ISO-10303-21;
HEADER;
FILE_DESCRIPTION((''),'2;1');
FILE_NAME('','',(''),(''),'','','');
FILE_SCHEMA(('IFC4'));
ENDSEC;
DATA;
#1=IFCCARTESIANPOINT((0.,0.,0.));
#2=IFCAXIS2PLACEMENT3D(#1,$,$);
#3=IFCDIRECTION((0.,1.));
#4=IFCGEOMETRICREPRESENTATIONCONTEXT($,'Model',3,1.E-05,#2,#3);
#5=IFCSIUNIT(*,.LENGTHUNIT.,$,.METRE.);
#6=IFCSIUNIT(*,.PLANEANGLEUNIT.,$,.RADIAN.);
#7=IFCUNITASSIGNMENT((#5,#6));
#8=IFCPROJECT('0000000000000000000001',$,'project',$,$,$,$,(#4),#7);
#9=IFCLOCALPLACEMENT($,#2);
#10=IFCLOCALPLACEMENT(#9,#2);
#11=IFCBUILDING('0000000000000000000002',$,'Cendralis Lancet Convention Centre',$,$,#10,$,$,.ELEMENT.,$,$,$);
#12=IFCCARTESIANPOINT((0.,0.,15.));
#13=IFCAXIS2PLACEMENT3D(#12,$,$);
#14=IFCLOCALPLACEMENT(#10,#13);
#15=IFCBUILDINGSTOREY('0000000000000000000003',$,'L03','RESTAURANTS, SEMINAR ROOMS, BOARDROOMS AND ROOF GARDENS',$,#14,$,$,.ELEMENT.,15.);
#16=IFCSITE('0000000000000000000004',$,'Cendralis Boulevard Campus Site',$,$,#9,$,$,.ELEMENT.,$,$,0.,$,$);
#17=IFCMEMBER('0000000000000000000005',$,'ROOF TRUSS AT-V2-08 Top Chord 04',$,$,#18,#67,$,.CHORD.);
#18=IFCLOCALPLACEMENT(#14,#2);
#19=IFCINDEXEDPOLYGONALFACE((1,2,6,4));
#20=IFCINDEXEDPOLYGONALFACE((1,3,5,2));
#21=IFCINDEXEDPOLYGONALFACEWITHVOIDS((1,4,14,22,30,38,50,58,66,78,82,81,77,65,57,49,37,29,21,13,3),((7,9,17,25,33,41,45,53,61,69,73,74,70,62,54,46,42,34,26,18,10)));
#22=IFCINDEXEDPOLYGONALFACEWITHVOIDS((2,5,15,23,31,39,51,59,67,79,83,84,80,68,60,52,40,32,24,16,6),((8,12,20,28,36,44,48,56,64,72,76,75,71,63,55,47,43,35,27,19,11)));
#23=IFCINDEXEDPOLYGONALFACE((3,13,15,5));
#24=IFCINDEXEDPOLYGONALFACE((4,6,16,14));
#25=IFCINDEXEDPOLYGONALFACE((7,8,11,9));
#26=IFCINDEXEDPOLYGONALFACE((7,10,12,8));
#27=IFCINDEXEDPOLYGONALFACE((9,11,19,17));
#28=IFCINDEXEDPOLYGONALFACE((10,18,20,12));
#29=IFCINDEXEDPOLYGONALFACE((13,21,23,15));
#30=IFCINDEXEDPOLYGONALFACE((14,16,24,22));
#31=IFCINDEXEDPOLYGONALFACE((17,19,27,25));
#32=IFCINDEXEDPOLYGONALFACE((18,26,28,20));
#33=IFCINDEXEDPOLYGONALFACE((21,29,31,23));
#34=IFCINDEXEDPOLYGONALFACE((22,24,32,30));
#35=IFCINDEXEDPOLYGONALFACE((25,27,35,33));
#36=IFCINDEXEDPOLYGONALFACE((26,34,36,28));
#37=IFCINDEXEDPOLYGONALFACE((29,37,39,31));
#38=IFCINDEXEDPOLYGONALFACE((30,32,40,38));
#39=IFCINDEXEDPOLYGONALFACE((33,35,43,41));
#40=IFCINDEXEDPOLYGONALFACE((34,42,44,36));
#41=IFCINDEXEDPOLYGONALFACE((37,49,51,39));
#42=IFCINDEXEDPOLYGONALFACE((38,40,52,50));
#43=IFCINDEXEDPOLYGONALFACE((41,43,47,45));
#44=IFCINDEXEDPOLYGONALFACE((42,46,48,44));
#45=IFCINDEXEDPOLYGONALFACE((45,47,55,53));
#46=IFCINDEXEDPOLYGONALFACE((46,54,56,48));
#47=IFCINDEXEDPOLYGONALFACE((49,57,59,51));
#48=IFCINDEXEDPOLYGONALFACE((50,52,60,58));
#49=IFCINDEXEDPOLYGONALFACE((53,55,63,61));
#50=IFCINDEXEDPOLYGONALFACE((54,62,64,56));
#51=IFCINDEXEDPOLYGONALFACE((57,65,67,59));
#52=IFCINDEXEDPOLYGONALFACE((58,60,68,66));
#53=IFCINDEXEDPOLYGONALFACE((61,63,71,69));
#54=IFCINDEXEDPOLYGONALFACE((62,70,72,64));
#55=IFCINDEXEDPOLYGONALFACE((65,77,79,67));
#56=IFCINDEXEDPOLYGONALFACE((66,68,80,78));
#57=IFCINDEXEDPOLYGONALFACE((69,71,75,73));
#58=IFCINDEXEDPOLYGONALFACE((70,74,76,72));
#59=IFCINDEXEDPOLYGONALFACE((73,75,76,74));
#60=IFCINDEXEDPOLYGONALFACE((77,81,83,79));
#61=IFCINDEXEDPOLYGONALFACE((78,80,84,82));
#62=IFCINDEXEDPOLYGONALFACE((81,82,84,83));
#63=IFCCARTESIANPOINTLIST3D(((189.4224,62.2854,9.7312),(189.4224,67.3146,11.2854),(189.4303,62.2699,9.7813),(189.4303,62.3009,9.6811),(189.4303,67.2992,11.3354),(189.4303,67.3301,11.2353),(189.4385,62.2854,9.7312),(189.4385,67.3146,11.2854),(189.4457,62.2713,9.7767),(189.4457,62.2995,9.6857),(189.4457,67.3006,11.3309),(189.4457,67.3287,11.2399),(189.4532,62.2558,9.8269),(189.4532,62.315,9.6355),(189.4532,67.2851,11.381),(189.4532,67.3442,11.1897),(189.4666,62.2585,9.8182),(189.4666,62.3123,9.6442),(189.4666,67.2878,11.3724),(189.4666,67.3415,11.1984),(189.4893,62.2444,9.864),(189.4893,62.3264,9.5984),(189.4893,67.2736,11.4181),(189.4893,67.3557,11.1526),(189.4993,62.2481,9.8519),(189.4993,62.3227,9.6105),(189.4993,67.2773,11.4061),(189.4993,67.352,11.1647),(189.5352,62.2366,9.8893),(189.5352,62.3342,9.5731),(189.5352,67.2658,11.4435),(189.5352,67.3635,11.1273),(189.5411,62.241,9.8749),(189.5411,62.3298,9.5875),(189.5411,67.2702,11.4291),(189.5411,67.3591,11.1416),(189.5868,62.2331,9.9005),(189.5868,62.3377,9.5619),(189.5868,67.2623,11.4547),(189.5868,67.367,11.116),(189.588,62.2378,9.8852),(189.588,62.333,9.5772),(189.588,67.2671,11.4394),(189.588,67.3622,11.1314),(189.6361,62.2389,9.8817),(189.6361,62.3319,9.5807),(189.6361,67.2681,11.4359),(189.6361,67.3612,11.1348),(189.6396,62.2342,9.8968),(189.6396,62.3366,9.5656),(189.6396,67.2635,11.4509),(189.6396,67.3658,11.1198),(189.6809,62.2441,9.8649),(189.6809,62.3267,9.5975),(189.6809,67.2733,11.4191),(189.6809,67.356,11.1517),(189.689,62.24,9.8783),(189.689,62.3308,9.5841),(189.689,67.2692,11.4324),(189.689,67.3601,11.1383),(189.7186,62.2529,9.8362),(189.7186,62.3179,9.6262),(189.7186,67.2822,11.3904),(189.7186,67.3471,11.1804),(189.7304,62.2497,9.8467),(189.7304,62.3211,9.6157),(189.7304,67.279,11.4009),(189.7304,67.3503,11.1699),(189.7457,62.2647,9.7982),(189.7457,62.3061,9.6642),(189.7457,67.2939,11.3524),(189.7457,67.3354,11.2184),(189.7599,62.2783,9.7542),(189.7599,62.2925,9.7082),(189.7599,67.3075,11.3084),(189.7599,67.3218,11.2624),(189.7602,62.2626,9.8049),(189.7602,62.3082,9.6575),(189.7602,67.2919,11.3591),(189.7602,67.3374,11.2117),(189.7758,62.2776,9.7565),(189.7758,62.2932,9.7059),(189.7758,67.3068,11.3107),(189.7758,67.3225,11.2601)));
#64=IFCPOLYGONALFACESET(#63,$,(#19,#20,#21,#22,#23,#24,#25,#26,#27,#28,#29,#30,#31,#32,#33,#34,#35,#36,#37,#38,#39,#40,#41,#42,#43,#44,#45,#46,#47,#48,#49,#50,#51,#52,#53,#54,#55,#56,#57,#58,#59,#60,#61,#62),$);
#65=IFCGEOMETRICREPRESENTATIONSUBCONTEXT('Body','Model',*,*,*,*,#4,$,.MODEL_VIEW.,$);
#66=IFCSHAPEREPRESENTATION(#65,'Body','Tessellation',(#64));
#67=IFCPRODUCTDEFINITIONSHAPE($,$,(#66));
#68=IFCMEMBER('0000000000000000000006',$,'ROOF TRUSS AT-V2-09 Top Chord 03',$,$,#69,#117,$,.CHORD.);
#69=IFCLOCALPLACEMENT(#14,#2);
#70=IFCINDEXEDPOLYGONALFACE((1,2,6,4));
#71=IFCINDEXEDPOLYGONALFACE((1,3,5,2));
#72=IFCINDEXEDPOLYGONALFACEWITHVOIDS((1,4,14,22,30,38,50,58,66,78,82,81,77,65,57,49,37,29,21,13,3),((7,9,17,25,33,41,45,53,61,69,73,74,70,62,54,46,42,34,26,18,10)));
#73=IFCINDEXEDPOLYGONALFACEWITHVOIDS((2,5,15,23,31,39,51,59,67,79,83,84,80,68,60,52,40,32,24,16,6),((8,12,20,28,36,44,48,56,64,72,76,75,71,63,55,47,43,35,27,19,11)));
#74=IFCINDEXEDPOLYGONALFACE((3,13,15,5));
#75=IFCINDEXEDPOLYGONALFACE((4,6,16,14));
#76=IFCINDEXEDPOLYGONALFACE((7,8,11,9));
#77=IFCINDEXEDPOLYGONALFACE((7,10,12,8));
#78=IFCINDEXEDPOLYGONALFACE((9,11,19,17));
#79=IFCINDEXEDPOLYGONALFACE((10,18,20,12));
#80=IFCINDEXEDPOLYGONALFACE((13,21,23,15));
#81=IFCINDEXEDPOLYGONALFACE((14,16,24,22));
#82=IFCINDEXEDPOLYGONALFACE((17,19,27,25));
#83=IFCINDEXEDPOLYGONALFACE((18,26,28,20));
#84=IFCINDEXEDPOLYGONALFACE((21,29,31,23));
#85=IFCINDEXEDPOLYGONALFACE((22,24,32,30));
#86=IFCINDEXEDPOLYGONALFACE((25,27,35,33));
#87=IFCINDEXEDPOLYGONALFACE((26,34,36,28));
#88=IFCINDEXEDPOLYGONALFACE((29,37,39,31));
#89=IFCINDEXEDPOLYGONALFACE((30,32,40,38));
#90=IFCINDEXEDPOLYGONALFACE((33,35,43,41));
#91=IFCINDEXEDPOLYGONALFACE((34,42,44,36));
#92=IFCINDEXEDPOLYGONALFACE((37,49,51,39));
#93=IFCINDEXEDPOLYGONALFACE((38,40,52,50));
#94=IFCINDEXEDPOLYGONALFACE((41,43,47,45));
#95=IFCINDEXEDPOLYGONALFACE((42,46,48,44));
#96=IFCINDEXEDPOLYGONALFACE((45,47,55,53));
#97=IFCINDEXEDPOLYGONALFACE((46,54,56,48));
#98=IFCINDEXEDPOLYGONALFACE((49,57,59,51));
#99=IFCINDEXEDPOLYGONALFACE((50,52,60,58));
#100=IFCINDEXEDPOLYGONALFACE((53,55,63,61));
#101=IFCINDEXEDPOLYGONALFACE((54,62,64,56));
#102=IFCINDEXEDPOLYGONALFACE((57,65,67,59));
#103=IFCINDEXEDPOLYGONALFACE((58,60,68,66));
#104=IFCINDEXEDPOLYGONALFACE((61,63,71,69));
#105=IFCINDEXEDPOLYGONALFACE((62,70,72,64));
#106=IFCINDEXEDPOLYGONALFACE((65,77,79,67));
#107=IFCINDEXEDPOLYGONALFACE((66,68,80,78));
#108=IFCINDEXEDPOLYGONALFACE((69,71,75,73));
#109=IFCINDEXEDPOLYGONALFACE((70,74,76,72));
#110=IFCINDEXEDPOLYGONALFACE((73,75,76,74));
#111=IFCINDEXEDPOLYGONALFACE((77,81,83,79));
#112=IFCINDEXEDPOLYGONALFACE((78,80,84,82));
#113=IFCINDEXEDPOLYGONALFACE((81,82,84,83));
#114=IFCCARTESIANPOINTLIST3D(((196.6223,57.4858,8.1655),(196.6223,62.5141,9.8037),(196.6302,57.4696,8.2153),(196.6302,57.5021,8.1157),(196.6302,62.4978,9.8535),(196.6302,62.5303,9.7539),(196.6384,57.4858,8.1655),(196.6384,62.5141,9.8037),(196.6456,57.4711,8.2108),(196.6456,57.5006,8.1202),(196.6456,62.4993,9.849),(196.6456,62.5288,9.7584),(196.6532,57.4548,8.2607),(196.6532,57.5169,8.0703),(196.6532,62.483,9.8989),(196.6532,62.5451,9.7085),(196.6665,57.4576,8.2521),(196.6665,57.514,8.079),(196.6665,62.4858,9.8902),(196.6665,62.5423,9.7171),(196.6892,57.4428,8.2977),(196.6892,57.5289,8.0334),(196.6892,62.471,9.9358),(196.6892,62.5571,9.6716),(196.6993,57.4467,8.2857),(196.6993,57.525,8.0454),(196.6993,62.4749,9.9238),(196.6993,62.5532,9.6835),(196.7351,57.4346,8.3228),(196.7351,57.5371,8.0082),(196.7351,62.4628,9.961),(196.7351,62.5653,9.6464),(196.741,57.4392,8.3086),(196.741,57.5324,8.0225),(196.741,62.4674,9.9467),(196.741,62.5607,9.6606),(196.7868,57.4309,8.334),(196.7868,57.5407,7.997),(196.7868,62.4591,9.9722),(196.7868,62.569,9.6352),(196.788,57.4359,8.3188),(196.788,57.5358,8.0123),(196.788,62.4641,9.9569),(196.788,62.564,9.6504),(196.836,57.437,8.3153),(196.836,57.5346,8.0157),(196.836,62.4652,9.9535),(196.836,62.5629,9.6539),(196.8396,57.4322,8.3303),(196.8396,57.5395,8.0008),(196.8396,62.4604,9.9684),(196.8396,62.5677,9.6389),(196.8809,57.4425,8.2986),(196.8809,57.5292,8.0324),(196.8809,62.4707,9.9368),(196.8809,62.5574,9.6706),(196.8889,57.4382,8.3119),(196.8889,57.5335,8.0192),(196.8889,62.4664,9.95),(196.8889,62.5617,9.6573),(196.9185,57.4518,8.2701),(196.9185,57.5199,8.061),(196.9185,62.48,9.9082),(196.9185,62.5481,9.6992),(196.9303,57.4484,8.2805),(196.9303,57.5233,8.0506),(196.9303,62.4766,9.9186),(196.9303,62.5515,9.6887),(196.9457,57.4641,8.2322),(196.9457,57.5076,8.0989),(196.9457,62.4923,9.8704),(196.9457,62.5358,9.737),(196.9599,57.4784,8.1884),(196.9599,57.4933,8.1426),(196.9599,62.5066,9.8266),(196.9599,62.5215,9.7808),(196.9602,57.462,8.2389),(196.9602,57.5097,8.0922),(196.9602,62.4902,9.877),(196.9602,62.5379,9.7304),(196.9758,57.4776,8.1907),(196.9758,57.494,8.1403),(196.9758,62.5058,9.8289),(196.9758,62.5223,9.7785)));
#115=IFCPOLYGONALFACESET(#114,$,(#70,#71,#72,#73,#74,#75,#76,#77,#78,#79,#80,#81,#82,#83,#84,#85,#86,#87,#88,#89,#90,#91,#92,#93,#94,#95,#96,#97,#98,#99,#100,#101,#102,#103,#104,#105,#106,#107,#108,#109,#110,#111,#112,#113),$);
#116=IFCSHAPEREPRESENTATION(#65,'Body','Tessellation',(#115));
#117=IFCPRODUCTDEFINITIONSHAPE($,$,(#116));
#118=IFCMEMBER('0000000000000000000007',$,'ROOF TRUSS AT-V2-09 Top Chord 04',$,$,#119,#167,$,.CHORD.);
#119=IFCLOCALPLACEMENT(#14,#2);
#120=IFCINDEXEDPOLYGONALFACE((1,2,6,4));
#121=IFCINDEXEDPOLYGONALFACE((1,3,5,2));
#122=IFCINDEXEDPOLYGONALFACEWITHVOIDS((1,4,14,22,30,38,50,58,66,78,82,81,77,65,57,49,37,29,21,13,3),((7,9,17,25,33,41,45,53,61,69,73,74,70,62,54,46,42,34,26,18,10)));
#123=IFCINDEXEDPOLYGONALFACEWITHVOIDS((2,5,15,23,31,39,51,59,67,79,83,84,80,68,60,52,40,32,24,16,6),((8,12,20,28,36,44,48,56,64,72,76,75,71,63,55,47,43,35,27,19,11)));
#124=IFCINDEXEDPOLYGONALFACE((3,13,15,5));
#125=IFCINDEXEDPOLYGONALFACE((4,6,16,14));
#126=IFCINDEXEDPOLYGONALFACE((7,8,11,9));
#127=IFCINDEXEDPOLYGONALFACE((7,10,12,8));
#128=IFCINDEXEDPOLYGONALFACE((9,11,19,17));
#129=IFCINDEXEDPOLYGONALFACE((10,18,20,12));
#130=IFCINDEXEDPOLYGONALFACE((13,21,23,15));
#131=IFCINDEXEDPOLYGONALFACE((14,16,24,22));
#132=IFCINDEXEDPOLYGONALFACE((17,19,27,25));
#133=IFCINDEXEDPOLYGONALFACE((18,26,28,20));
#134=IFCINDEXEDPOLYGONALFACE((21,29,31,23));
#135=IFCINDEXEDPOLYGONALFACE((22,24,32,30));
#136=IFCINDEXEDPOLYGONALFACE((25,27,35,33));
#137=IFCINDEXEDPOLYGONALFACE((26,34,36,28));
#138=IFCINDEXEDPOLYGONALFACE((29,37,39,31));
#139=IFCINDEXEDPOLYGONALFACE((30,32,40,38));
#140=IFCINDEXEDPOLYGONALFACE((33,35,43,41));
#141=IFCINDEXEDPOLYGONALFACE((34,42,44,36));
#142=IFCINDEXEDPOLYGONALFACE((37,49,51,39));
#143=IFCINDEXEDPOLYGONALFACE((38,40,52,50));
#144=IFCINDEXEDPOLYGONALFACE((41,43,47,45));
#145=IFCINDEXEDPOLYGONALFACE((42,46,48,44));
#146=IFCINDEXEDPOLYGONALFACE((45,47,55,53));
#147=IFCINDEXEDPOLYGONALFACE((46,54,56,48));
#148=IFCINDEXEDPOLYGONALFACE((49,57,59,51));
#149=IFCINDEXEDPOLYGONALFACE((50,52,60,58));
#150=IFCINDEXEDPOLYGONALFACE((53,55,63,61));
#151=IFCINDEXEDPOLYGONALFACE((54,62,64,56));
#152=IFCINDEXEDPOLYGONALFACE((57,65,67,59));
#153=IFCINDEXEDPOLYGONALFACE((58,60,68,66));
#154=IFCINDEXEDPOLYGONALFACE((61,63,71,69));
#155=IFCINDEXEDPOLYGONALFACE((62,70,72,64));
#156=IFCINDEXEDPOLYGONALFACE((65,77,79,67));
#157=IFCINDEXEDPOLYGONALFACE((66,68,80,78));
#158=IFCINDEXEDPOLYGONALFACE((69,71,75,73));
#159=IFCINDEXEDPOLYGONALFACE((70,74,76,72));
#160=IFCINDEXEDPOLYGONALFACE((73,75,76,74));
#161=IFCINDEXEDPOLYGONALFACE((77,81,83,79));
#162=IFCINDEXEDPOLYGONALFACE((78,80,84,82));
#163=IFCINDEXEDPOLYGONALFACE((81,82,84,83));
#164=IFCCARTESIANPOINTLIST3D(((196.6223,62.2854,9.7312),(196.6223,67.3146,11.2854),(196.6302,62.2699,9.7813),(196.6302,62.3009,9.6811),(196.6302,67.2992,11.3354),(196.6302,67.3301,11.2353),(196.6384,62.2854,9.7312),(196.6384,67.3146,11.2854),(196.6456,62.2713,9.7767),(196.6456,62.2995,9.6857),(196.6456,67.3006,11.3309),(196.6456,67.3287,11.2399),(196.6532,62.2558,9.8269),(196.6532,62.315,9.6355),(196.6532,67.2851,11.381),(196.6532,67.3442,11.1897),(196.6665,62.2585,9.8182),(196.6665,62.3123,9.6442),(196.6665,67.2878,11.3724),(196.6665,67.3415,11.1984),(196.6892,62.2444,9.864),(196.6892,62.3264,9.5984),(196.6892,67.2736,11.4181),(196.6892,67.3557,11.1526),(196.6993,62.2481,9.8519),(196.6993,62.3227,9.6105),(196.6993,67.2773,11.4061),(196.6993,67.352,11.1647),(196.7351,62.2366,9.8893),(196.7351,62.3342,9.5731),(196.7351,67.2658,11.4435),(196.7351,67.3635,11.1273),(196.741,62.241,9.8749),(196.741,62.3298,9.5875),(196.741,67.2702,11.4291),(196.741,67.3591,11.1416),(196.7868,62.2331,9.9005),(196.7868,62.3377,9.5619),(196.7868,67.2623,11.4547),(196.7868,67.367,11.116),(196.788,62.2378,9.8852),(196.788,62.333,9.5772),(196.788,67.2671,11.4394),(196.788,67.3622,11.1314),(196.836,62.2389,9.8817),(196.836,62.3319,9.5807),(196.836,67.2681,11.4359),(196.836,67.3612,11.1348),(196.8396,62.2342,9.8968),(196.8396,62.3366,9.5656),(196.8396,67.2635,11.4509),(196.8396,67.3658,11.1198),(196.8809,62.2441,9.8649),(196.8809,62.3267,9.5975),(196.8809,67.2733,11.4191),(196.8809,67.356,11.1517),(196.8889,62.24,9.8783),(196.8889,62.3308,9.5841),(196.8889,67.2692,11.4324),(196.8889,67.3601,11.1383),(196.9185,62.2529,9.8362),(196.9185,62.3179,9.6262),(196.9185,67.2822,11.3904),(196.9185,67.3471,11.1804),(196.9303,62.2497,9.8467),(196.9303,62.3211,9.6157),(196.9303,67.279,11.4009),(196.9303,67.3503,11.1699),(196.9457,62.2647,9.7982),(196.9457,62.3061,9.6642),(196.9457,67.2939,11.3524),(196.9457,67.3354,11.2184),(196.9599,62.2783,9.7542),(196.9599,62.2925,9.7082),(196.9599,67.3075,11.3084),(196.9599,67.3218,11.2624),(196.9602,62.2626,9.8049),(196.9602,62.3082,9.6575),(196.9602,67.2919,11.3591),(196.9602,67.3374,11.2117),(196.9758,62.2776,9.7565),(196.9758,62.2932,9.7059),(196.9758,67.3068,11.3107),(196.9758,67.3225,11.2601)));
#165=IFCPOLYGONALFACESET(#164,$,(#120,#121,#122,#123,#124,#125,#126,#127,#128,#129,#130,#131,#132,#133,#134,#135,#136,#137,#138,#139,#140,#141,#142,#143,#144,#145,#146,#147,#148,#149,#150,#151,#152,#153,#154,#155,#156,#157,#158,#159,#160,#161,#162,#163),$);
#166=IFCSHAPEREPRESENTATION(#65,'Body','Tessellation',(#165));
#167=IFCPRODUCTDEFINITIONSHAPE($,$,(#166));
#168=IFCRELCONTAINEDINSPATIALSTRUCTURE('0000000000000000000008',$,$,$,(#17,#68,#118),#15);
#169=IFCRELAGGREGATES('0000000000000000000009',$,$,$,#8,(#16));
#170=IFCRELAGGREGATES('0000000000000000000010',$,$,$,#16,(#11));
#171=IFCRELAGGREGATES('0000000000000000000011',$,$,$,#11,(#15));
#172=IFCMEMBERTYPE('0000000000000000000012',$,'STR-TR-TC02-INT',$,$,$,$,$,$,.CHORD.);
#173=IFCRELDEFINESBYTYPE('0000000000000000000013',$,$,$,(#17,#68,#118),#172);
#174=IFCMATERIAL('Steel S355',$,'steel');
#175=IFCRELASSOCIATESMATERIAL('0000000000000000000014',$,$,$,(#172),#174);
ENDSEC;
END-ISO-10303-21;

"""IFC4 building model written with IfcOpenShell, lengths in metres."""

from ifc_helpers import new_model, si_unit, direction, frame, origin, origin_2d, place, context, subcontext, project, spatial, hollow_circle, extrude, material, material_profile, profile_set, type_object, element, save


model = new_model("IFC4")

# Units and contexts
model_context = context("Model", 3, precision=1e-05, world=origin(), true_north=direction((0.0, 1.0)))
body_context = subcontext(model_context, "Body", "Model", "MODEL_VIEW")
ifc_project = project(units=[si_unit("LENGTHUNIT", "METRE"), si_unit("PLANEANGLEUNIT", "RADIAN")], contexts=[model_context])

# Site, building, storey
site_placement = place(None, origin())
site = spatial("IfcSite", under=ifc_project, at=site_placement, Name="Cendralis Boulevard Campus Site", CompositionType="ELEMENT", RefElevation=0.0)
building_placement = place(site_placement, origin())
building = spatial("IfcBuilding", under=site, at=building_placement, Name="Cendralis Lancet Convention Centre", CompositionType="ELEMENT")
storey_placement = place(building_placement, frame((0.0, 0.0, 15.0)))
storey = spatial("IfcBuildingStorey", under=building, at=storey_placement, Name="L03", Description="RESTAURANTS, SEMINAR ROOMS, BOARDROOMS AND ROOF GARDENS", CompositionType="ELEMENT", Elevation=15.0)

# Members
ifc_material = material(Name="Steel S355", Category="steel")
ifc_material_profile_1 = material_profile(ifc_material, hollow_circle(Radius=0.1777, WallThickness=0.0161, at=origin_2d()), Name="CHS 355.6x16.0")
ifc_profile_set_1 = profile_set([ifc_material_profile_1], Name="Steel S355")
member_type_1 = type_object("IfcMemberType", Name="STR-TR-TC02-INT", PredefinedType="CHORD", material=ifc_profile_set_1)
member_1_placement = place(storey_placement, frame((189.6001, 62.2854, 9.7312), z_axis=(0.0, 0.955419, 0.295252), x_axis=(-1.0, 0.0, 0.0)))
element("IfcMember", 1, at=member_1_placement, inside=storey, type_object=member_type_1, Name="ROOF TRUSS AT-V2-08 Top Chord 04", PredefinedType="CHORD", context=body_context, shape_type="SweptSolid", body=[
    extrude(hollow_circle(Radius=0.1777, WallThickness=0.0161, at=origin_2d()), origin(), (0.0, 0.0, 1.0), 5.2639),
])
member_2_placement = place(storey_placement, frame((196.8, 57.4858, 8.1655), z_axis=(0.0, 0.950813, 0.309767), x_axis=(-1.0, 0.0, 0.0)))
element("IfcMember", 2, at=member_2_placement, inside=storey, type_object=member_type_1, Name="ROOF TRUSS AT-V2-09 Top Chord 03", PredefinedType="CHORD", context=body_context, shape_type="SweptSolid", body=[
    extrude(hollow_circle(Radius=0.1777, WallThickness=0.0161, at=origin_2d()), origin(), (0.0, 0.0, 1.0), 5.2883),
])
member_3_placement = place(storey_placement, frame((196.8, 62.2854, 9.7312), z_axis=(0.0, 0.955419, 0.295252), x_axis=(-1.0, 0.0, 0.0)))
element("IfcMember", 3, at=member_3_placement, inside=storey, type_object=member_type_1, Name="ROOF TRUSS AT-V2-09 Top Chord 04", PredefinedType="CHORD", context=body_context, shape_type="SweptSolid", body=[
    extrude(hollow_circle(Radius=0.1777, WallThickness=0.0161, at=origin_2d()), origin(), (0.0, 0.0, 1.0), 5.2639),
])

save(model, "model.ifc")
